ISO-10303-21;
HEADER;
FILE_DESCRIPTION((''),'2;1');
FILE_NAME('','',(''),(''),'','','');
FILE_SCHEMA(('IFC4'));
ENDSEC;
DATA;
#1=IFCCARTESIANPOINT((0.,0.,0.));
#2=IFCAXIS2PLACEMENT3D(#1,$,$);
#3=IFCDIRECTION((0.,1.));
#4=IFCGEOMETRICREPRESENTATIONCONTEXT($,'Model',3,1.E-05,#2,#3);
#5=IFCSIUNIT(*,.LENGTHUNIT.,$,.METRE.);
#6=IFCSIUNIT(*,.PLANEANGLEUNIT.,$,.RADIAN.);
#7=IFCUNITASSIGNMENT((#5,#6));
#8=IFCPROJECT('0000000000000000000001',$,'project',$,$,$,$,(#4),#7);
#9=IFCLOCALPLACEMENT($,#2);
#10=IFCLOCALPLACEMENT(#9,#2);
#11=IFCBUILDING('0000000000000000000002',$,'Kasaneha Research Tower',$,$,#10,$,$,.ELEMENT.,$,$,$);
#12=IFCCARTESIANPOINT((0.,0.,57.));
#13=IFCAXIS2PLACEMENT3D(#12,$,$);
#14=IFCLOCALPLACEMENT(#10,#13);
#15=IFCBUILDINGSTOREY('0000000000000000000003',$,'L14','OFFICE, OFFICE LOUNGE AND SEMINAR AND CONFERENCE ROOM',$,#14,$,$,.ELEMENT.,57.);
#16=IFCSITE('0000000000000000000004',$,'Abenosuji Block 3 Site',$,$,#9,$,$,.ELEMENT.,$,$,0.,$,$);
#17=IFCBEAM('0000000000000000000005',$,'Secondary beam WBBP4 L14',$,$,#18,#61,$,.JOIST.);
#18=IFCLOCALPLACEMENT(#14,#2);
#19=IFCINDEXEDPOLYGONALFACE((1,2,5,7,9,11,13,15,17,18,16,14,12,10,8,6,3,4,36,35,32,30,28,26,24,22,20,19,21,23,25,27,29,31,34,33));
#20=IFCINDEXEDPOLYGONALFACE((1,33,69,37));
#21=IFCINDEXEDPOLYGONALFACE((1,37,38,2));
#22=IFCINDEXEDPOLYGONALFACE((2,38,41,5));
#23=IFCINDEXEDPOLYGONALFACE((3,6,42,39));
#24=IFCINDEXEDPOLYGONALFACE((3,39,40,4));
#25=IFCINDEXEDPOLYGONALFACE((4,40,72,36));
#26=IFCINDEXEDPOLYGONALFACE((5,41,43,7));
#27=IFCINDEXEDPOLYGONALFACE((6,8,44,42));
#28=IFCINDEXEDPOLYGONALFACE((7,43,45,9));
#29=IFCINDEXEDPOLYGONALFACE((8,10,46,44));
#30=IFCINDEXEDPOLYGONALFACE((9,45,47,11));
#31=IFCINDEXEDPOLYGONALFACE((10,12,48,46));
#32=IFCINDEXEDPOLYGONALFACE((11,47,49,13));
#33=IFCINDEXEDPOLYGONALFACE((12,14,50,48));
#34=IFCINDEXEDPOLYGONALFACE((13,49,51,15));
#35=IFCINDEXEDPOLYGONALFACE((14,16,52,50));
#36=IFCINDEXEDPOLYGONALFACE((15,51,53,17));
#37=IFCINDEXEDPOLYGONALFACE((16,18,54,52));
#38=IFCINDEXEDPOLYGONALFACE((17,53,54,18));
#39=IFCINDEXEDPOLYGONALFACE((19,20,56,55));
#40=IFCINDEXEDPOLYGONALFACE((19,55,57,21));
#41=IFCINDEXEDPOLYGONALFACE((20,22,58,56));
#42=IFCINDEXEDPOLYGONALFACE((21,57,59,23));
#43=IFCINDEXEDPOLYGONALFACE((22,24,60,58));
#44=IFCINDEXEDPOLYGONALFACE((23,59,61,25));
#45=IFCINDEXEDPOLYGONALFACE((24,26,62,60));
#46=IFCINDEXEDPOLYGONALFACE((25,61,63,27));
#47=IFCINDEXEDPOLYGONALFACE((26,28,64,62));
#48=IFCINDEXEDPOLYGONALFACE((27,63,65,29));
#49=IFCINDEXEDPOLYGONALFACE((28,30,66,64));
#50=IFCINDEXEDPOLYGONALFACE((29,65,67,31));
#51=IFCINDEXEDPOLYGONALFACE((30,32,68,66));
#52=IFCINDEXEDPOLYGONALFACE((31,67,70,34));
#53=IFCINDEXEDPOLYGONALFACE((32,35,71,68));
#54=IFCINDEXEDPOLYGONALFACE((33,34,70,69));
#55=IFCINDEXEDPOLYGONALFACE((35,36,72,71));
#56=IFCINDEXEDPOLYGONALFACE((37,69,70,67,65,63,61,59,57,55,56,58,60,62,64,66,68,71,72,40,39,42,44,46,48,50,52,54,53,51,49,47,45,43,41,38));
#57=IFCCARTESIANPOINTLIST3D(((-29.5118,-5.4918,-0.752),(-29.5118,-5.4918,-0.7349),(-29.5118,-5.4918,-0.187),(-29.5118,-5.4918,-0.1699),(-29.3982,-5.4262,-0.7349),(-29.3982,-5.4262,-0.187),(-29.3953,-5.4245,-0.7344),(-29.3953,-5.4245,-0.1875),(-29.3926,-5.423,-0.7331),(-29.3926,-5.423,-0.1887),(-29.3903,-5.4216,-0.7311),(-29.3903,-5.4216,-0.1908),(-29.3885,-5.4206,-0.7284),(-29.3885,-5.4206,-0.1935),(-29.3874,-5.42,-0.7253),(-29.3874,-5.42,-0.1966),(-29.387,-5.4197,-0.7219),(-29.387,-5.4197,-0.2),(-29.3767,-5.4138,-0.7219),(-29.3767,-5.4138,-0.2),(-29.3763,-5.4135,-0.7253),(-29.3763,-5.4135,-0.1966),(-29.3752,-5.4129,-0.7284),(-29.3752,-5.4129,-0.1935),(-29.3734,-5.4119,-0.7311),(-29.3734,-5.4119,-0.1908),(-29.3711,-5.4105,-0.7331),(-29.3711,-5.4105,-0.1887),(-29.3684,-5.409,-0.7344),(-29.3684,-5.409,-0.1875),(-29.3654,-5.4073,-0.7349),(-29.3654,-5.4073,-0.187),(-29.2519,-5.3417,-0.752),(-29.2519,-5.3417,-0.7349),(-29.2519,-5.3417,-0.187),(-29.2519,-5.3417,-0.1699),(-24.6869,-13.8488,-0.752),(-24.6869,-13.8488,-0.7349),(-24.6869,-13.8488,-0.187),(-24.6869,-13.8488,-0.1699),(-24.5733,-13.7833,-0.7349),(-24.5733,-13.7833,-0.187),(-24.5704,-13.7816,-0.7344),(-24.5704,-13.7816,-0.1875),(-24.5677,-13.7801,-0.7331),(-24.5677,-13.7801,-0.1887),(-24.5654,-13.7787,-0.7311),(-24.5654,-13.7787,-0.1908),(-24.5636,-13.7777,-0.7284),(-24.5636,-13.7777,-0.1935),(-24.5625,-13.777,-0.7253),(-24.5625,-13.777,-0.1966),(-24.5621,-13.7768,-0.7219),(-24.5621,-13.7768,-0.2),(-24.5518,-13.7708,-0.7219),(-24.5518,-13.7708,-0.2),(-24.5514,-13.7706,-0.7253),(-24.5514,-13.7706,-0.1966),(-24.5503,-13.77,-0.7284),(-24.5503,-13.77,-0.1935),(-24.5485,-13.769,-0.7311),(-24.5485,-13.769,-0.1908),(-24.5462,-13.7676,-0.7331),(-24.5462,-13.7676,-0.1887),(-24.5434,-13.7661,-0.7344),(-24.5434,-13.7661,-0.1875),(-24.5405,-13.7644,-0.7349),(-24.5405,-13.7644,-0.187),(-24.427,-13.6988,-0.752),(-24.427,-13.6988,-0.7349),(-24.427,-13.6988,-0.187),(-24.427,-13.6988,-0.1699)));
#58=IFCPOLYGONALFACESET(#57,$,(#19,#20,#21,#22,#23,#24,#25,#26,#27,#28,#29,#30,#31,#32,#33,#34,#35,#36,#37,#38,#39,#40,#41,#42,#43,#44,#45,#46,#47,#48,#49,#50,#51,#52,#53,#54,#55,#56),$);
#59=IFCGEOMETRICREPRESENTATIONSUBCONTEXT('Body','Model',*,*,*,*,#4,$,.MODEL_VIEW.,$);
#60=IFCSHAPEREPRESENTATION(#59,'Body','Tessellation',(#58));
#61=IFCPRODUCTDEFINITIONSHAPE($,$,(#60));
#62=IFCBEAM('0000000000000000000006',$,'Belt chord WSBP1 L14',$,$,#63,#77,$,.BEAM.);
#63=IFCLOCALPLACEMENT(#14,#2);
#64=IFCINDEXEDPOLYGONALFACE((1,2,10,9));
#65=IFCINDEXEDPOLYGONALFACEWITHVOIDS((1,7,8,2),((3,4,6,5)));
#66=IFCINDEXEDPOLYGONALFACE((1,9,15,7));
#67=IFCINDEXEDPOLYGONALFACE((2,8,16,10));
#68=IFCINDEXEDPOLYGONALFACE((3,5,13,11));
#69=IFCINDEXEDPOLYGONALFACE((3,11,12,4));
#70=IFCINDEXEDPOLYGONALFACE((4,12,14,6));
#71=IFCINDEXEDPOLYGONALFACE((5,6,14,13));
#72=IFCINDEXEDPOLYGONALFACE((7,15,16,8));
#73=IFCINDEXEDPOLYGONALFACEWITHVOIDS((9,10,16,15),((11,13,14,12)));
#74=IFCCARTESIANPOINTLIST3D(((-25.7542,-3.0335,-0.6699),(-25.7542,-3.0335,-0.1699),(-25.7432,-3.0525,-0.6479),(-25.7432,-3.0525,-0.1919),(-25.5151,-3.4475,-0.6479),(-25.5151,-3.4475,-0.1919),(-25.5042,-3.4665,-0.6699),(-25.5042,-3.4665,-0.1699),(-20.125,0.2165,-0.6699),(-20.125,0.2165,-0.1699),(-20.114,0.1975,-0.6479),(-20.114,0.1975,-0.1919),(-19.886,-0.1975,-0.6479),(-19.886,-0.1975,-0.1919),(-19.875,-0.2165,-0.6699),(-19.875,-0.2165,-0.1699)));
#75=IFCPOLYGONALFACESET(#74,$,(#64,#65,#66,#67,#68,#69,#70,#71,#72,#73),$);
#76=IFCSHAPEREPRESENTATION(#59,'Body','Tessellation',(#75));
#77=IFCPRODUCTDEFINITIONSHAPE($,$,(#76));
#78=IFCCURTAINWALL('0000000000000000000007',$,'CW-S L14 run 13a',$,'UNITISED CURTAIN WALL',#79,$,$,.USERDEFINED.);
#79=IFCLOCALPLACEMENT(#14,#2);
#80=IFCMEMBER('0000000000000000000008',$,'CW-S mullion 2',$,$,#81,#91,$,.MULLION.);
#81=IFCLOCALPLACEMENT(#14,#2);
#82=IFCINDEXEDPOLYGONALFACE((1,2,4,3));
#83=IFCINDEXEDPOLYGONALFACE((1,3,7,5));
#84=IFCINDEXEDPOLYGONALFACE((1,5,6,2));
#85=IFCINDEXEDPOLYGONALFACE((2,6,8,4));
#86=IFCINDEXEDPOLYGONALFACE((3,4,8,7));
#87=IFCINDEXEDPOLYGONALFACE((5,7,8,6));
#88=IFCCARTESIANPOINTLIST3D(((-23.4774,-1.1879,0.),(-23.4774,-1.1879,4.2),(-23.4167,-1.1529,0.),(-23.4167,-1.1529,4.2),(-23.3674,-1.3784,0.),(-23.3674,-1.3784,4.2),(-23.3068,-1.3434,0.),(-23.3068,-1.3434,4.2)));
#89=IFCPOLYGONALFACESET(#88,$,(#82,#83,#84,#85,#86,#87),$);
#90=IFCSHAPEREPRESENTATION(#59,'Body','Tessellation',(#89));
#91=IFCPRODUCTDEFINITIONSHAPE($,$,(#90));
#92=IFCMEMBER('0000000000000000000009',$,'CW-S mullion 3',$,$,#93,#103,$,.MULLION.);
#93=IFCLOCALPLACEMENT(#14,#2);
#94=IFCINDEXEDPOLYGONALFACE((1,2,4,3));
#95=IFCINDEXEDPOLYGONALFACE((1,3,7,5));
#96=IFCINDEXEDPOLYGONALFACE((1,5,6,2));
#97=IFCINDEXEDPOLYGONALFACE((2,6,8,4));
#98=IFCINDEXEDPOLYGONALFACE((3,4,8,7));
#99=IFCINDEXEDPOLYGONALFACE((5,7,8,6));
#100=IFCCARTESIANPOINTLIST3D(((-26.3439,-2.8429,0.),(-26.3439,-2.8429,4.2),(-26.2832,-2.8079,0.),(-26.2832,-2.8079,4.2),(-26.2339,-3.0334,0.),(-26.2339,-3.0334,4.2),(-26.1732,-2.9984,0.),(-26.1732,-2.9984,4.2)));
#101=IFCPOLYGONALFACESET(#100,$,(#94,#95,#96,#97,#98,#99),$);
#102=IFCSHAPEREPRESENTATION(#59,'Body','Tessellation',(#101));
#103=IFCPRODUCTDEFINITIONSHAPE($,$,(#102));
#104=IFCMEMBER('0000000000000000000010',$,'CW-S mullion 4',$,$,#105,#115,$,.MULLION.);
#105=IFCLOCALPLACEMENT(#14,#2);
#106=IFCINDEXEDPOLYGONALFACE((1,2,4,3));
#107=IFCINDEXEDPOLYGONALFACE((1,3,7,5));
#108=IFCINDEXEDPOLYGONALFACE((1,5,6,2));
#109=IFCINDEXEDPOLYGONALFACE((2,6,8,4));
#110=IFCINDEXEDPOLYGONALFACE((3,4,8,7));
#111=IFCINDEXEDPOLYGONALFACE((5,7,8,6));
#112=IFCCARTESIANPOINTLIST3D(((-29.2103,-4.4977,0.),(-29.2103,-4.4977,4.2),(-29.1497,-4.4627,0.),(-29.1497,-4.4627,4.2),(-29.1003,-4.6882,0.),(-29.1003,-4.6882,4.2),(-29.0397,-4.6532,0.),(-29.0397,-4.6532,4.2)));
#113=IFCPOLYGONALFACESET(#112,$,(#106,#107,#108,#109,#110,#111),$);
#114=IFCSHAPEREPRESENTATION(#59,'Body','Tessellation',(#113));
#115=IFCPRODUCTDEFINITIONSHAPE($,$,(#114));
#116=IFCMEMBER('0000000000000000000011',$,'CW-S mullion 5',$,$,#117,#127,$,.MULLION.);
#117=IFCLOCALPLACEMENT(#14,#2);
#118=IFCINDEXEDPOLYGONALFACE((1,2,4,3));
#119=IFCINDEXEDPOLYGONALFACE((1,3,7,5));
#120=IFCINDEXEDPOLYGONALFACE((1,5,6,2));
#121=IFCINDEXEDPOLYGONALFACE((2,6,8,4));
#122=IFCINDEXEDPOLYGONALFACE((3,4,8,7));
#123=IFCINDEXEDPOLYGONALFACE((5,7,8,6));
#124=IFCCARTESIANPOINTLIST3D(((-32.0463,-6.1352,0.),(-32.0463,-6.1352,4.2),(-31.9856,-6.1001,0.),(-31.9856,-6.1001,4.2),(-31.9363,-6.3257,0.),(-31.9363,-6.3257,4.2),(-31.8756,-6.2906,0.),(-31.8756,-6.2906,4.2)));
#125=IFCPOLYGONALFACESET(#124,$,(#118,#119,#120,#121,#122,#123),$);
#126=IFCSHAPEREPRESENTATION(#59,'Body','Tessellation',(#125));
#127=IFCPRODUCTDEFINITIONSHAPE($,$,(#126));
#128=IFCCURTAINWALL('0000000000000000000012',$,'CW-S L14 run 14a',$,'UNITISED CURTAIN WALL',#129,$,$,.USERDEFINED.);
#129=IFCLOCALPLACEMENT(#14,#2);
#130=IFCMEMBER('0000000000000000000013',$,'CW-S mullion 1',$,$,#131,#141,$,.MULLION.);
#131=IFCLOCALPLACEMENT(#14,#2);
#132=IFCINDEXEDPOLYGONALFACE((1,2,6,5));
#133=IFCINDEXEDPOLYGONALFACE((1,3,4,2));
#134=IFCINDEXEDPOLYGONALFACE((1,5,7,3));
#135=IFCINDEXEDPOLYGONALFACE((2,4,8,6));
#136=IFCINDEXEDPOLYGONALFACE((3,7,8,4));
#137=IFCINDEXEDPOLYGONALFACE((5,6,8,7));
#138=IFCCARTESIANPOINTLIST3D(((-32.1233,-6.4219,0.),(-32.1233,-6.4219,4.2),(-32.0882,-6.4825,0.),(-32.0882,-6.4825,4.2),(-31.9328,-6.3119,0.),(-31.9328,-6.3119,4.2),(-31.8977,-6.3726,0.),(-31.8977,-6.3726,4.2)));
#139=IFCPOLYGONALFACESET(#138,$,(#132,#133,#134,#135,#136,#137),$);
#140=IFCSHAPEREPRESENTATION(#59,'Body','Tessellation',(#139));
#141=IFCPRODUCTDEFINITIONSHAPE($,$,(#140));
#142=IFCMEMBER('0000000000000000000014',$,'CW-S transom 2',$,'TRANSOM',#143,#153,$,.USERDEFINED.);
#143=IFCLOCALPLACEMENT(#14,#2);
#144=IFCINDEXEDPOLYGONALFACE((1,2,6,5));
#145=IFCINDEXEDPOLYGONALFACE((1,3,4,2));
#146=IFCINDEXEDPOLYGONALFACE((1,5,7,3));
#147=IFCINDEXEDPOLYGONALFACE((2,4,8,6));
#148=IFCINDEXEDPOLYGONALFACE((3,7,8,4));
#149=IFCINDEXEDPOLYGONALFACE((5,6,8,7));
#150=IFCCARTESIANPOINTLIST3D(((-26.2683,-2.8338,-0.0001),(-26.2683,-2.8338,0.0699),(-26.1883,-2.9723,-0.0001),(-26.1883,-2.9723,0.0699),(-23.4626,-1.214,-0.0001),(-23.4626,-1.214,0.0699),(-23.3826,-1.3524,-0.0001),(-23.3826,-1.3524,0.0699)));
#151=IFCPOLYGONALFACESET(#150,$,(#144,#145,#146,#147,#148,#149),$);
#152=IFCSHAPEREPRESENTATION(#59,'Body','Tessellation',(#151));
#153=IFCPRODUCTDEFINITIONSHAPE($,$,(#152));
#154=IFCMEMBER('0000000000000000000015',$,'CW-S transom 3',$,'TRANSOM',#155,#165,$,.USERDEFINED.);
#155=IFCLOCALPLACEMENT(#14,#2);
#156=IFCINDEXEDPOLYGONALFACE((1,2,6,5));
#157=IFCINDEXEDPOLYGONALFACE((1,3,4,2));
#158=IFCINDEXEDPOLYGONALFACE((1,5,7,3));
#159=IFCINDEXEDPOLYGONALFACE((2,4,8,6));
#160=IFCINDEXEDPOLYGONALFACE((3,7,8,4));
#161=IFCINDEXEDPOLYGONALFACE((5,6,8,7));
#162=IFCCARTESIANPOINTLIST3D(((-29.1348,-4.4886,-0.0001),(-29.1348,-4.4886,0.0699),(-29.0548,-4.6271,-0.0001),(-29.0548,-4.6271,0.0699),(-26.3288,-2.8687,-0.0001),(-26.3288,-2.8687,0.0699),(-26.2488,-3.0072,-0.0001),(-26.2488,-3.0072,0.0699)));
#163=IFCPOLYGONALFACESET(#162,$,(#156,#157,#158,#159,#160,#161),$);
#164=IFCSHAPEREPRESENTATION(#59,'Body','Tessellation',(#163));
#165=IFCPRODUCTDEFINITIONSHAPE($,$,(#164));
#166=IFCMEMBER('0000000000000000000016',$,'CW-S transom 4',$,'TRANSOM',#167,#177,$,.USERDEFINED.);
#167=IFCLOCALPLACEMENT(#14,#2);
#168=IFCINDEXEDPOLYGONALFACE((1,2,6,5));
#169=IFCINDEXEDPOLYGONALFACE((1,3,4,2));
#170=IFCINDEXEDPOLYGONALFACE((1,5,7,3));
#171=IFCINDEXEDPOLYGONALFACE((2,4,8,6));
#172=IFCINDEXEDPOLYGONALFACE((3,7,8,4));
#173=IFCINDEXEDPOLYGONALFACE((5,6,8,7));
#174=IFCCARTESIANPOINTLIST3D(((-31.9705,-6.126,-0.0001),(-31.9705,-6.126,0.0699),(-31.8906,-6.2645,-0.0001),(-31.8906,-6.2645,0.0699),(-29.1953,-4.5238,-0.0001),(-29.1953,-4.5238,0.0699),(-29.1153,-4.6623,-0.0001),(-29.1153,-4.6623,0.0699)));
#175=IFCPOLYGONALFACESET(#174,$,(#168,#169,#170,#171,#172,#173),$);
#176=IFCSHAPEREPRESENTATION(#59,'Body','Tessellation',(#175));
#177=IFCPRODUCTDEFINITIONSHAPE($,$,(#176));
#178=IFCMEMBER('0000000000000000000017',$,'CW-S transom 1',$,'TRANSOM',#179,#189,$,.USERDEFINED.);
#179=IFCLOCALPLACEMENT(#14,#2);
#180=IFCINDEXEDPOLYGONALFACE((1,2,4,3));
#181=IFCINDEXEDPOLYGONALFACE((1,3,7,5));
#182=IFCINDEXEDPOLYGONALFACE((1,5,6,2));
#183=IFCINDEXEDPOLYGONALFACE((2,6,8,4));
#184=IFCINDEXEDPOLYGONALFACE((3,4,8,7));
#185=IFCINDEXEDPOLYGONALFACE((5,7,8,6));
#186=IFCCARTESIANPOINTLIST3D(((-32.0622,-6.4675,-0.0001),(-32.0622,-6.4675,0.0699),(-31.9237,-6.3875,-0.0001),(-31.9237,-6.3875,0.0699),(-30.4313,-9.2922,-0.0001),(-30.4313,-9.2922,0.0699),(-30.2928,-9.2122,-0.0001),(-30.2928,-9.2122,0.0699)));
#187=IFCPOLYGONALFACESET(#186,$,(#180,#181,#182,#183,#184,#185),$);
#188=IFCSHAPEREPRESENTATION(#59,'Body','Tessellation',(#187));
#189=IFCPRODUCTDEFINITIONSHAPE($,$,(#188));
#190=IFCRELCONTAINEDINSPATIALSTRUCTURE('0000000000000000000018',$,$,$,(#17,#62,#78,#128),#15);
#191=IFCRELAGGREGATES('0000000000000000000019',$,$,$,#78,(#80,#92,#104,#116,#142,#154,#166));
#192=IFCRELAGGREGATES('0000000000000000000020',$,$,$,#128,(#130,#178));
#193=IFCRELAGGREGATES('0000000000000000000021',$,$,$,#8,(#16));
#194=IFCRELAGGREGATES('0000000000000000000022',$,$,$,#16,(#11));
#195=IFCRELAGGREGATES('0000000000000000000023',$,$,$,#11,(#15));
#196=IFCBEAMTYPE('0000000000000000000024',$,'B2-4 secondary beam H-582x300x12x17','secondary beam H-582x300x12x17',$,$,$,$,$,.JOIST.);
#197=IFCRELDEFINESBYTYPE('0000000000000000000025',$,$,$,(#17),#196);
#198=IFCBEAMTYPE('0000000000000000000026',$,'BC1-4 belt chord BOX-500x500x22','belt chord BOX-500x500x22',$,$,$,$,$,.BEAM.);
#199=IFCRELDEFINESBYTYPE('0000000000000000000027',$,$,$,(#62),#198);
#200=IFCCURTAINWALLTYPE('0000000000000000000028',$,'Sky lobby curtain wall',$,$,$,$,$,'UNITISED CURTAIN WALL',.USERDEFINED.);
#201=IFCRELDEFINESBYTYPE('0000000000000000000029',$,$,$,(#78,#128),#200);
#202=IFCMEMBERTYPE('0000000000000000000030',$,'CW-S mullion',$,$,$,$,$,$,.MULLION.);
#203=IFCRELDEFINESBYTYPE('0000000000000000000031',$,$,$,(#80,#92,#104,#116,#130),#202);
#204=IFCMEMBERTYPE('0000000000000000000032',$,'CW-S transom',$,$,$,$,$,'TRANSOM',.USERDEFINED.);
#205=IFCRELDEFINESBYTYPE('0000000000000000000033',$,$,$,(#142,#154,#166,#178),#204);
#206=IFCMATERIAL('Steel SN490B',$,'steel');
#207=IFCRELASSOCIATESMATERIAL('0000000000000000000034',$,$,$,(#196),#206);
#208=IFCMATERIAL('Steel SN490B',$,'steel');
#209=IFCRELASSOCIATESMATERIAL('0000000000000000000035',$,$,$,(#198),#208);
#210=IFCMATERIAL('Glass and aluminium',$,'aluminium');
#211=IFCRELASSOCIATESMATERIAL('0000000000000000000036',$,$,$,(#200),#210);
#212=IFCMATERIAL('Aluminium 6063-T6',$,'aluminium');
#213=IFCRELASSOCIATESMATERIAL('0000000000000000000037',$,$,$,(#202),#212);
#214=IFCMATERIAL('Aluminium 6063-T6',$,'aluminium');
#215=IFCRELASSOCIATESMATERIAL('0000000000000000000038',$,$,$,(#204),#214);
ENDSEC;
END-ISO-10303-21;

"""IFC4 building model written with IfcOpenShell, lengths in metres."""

from ifc_helpers import new_model, si_unit, direction, frame, origin, origin_2d, place, context, subcontext, project, spatial, rectangle, hollow_rectangle, i_section, extrude, material, material_profile, profile_set, type_object, element, aggregate, save


model = new_model("IFC4")

# Units and contexts
model_context = context("Model", 3, precision=1e-05, world=origin(), true_north=direction((0.0, 1.0)))
body_context = subcontext(model_context, "Body", "Model", "MODEL_VIEW")
ifc_project = project(units=[si_unit("LENGTHUNIT", "METRE"), si_unit("PLANEANGLEUNIT", "RADIAN")], contexts=[model_context])

# Site, building, storey
site_placement = place(None, origin())
site = spatial("IfcSite", under=ifc_project, at=site_placement, Name="Abenosuji Block 3 Site", CompositionType="ELEMENT", RefElevation=0.0)
building_placement = place(site_placement, origin())
building = spatial("IfcBuilding", under=site, at=building_placement, Name="Kasaneha Research Tower", CompositionType="ELEMENT")
storey_placement = place(building_placement, frame((0.0, 0.0, 57.0)))
storey = spatial("IfcBuildingStorey", under=building, at=storey_placement, Name="L14", Description="OFFICE, OFFICE LOUNGE AND SEMINAR AND CONFERENCE ROOM", CompositionType="ELEMENT", Elevation=57.0)

# Beams
ifc_material_1 = material(Name="Steel SN490B", Category="steel")
ifc_material_profile_1 = material_profile(ifc_material_1, i_section(OverallWidth=0.3, OverallDepth=0.582, WebThickness=0.012, FlangeThickness=0.0171, FilletRadius=0.0129, at=origin_2d()), Name="H-582x300x12x17")
ifc_profile_set_1 = profile_set([ifc_material_profile_1], Name="Steel SN490B")
beam_type_1 = type_object("IfcBeamType", Name="B2-4 secondary beam H-582x300x12x17", Description="secondary beam H-582x300x12x17", PredefinedType="JOIST", material=ifc_profile_set_1)
for number, where, z_axis, x_axis, name in (
    (1, (-29.3818, -5.4167, -0.4609), (0.499995, -0.866028, 0.0), (0.866028, 0.499995, 0.0), "Secondary beam WBBP4 L14"),
):
    element("IfcBeam", number, at=place(storey_placement, frame(where, z_axis=z_axis, x_axis=x_axis)), inside=storey, type_object=beam_type_1, Name=name, PredefinedType="JOIST", context=body_context, shape_type="SweptSolid", body=[
        extrude(i_section(OverallWidth=0.3, OverallDepth=0.582, WebThickness=0.012, FlangeThickness=0.0171, FilletRadius=0.0129, at=origin_2d()), origin(), (0.0, 0.0, 1.0), 9.6499),
    ])
ifc_material_2 = material(Name="Steel SN490B", Category="steel")
ifc_material_profile_2 = material_profile(ifc_material_2, hollow_rectangle(XDim=0.5, YDim=0.5, WallThickness=0.022, at=origin_2d()), Name="BOX-500x500x22")
ifc_profile_set_2 = profile_set([ifc_material_profile_2], Name="Steel SN490B")
beam_type_2 = type_object("IfcBeamType", Name="BC1-4 belt chord BOX-500x500x22", Description="belt chord BOX-500x500x22", PredefinedType="BEAM", material=ifc_profile_set_2)
beam_1_placement = place(storey_placement, frame((-20.0, 0.0, -0.4199), z_axis=(-0.866025, -0.500001, 0.0), x_axis=(0.500001, -0.866025, 0.0)))
element("IfcBeam", 2, at=beam_1_placement, inside=storey, type_object=beam_type_2, Name="Belt chord WSBP1 L14", PredefinedType="BEAM", context=body_context, shape_type="SweptSolid", body=[
    extrude(hollow_rectangle(XDim=0.5, YDim=0.5, WallThickness=0.022, at=origin_2d()), origin(), (0.0, 0.0, 1.0), 6.5),
])

# Curtain wall, members
ifc_material_3 = material(Name="Glass and aluminium", Category="aluminium")
curtain_wall_type = type_object("IfcCurtainWallType", Name="Sky lobby curtain wall", ElementType="UNITISED CURTAIN WALL", PredefinedType="USERDEFINED", material=ifc_material_3)
curtain_wall_1_placement = place(storey_placement, origin())
curtain_wall_1 = element("IfcCurtainWall", 3, at=curtain_wall_1_placement, inside=storey, type_object=curtain_wall_type, Name="CW-S L14 run 13a", ObjectType="UNITISED CURTAIN WALL", PredefinedType="USERDEFINED")
ifc_material_4 = material(Name="Aluminium 6063-T6", Category="aluminium")
ifc_material_profile_3 = material_profile(ifc_material_4, rectangle(XDim=0.0701, YDim=0.22, at=origin_2d()), Name="CW-S mullion 70x220")
ifc_profile_set_3 = profile_set([ifc_material_profile_3], Name="Aluminium 6063-T6")
member_type_1 = type_object("IfcMemberType", Name="CW-S mullion", PredefinedType="MULLION", material=ifc_profile_set_3)
member_1_placement = place(storey_placement, frame((-23.3921, -1.2656, 0.0), z_axis=(0.0, 0.0, 1.0), x_axis=(-0.866025, -0.5, 0.0)))
member_1 = element("IfcMember", 4, at=member_1_placement, type_object=member_type_1, Name="CW-S mullion 2", PredefinedType="MULLION", context=body_context, shape_type="SweptSolid", body=[
    extrude(rectangle(XDim=0.0701, YDim=0.22, at=origin_2d()), origin(), (0.0, 0.0, 1.0), 4.2),
])
member_2_placement = place(storey_placement, frame((-26.2585, -2.9207, 0.0), z_axis=(0.0, 0.0, 1.0), x_axis=(-0.866025, -0.5, 0.0)))
member_2 = element("IfcMember", 5, at=member_2_placement, type_object=member_type_1, Name="CW-S mullion 3", PredefinedType="MULLION", context=body_context, shape_type="SweptSolid", body=[
    extrude(rectangle(XDim=0.0701, YDim=0.22, at=origin_2d()), origin(), (0.0, 0.0, 1.0), 4.2),
])
member_3_placement = place(storey_placement, frame((-29.125, -4.5754, 0.0), z_axis=(0.0, 0.0, 1.0), x_axis=(-0.866025, -0.5, 0.0)))
member_3 = element("IfcMember", 6, at=member_3_placement, type_object=member_type_1, Name="CW-S mullion 4", PredefinedType="MULLION", context=body_context, shape_type="SweptSolid", body=[
    extrude(rectangle(XDim=0.0701, YDim=0.22, at=origin_2d()), origin(), (0.0, 0.0, 1.0), 4.2),
])
member_4_placement = place(storey_placement, frame((-31.9609, -6.2129, 0.0), z_axis=(0.0, 0.0, 1.0), x_axis=(-0.866025, -0.5, 0.0)))
member_4 = element("IfcMember", 7, at=member_4_placement, type_object=member_type_1, Name="CW-S mullion 5", PredefinedType="MULLION", context=body_context, shape_type="SweptSolid", body=[
    extrude(rectangle(XDim=0.0701, YDim=0.22, at=origin_2d()), origin(), (0.0, 0.0, 1.0), 4.2),
])

# Curtain wall, member
curtain_wall_2_placement = place(storey_placement, origin())
curtain_wall_2 = element("IfcCurtainWall", 8, at=curtain_wall_2_placement, inside=storey, type_object=curtain_wall_type, Name="CW-S L14 run 14a", ObjectType="UNITISED CURTAIN WALL", PredefinedType="USERDEFINED")
member_5_placement = place(storey_placement, frame((-32.0105, -6.3972, 0.0), z_axis=(0.0, 0.0, 1.0), x_axis=(0.5, -0.866025, 0.0)))
member_5 = element("IfcMember", 9, at=member_5_placement, type_object=member_type_1, Name="CW-S mullion 1", PredefinedType="MULLION", context=body_context, shape_type="SweptSolid", body=[
    extrude(rectangle(XDim=0.0701, YDim=0.22, at=origin_2d()), origin(), (0.0, 0.0, 1.0), 4.2),
])

# Members
ifc_material_5 = material(Name="Aluminium 6063-T6", Category="aluminium")
ifc_material_profile_4 = material_profile(ifc_material_5, rectangle(XDim=0.1599, YDim=0.0701, at=origin_2d()), Name="CW-S transom 160x70")
ifc_profile_set_4 = profile_set([ifc_material_profile_4], Name="Aluminium 6063-T6")
member_type_2 = type_object("IfcMemberType", Name="CW-S transom", ElementType="TRANSOM", PredefinedType="USERDEFINED", material=ifc_profile_set_4)
member_6_placement = place(storey_placement, frame((-23.4226, -1.2832, 0.0349), z_axis=(-0.866022, -0.500005, 0.0), x_axis=(0.500005, -0.866022, 0.0)))
member_6 = element("IfcMember", 10, at=member_6_placement, type_object=member_type_2, Name="CW-S transom 2", ObjectType="TRANSOM", PredefinedType="USERDEFINED", context=body_context, shape_type="SweptSolid", body=[
    extrude(rectangle(XDim=0.1599, YDim=0.0701, at=origin_2d()), origin(), (0.0, 0.0, 1.0), 3.2397),
])
member_7_placement = place(storey_placement, frame((-26.2888, -2.938, 0.0349), z_axis=(-0.866041, -0.499972, 0.0), x_axis=(0.499972, -0.866041, 0.0)))
member_7 = element("IfcMember", 11, at=member_7_placement, type_object=member_type_2, Name="CW-S transom 3", ObjectType="TRANSOM", PredefinedType="USERDEFINED", context=body_context, shape_type="SweptSolid", body=[
    extrude(rectangle(XDim=0.1599, YDim=0.0701, at=origin_2d()), origin(), (0.0, 0.0, 1.0), 3.24),
])
member_8_placement = place(storey_placement, frame((-29.1553, -4.593, 0.0349), z_axis=(-0.866036, -0.499982, 0.0), x_axis=(0.499982, -0.866036, 0.0)))
member_8 = element("IfcMember", 12, at=member_8_placement, type_object=member_type_2, Name="CW-S transom 4", ObjectType="TRANSOM", PredefinedType="USERDEFINED", context=body_context, shape_type="SweptSolid", body=[
    extrude(rectangle(XDim=0.1599, YDim=0.0701, at=origin_2d()), origin(), (0.0, 0.0, 1.0), 3.2046),
])
member_9_placement = place(storey_placement, frame((-31.9929, -6.4275, 0.0349), z_axis=(0.500003, -0.866024, 0.0), x_axis=(0.866024, 0.500003, 0.0)))
member_9 = element("IfcMember", 13, at=member_9_placement, type_object=member_type_2, Name="CW-S transom 1", ObjectType="TRANSOM", PredefinedType="USERDEFINED", context=body_context, shape_type="SweptSolid", body=[
    extrude(rectangle(XDim=0.1599, YDim=0.0701, at=origin_2d()), origin(), (0.0, 0.0, 1.0), 3.2617),
])

aggregate(curtain_wall_1, [member_1, member_2, member_3, member_4, member_6, member_7, member_8])
aggregate(curtain_wall_2, [member_5, member_9])

save(model, "model.ifc")
